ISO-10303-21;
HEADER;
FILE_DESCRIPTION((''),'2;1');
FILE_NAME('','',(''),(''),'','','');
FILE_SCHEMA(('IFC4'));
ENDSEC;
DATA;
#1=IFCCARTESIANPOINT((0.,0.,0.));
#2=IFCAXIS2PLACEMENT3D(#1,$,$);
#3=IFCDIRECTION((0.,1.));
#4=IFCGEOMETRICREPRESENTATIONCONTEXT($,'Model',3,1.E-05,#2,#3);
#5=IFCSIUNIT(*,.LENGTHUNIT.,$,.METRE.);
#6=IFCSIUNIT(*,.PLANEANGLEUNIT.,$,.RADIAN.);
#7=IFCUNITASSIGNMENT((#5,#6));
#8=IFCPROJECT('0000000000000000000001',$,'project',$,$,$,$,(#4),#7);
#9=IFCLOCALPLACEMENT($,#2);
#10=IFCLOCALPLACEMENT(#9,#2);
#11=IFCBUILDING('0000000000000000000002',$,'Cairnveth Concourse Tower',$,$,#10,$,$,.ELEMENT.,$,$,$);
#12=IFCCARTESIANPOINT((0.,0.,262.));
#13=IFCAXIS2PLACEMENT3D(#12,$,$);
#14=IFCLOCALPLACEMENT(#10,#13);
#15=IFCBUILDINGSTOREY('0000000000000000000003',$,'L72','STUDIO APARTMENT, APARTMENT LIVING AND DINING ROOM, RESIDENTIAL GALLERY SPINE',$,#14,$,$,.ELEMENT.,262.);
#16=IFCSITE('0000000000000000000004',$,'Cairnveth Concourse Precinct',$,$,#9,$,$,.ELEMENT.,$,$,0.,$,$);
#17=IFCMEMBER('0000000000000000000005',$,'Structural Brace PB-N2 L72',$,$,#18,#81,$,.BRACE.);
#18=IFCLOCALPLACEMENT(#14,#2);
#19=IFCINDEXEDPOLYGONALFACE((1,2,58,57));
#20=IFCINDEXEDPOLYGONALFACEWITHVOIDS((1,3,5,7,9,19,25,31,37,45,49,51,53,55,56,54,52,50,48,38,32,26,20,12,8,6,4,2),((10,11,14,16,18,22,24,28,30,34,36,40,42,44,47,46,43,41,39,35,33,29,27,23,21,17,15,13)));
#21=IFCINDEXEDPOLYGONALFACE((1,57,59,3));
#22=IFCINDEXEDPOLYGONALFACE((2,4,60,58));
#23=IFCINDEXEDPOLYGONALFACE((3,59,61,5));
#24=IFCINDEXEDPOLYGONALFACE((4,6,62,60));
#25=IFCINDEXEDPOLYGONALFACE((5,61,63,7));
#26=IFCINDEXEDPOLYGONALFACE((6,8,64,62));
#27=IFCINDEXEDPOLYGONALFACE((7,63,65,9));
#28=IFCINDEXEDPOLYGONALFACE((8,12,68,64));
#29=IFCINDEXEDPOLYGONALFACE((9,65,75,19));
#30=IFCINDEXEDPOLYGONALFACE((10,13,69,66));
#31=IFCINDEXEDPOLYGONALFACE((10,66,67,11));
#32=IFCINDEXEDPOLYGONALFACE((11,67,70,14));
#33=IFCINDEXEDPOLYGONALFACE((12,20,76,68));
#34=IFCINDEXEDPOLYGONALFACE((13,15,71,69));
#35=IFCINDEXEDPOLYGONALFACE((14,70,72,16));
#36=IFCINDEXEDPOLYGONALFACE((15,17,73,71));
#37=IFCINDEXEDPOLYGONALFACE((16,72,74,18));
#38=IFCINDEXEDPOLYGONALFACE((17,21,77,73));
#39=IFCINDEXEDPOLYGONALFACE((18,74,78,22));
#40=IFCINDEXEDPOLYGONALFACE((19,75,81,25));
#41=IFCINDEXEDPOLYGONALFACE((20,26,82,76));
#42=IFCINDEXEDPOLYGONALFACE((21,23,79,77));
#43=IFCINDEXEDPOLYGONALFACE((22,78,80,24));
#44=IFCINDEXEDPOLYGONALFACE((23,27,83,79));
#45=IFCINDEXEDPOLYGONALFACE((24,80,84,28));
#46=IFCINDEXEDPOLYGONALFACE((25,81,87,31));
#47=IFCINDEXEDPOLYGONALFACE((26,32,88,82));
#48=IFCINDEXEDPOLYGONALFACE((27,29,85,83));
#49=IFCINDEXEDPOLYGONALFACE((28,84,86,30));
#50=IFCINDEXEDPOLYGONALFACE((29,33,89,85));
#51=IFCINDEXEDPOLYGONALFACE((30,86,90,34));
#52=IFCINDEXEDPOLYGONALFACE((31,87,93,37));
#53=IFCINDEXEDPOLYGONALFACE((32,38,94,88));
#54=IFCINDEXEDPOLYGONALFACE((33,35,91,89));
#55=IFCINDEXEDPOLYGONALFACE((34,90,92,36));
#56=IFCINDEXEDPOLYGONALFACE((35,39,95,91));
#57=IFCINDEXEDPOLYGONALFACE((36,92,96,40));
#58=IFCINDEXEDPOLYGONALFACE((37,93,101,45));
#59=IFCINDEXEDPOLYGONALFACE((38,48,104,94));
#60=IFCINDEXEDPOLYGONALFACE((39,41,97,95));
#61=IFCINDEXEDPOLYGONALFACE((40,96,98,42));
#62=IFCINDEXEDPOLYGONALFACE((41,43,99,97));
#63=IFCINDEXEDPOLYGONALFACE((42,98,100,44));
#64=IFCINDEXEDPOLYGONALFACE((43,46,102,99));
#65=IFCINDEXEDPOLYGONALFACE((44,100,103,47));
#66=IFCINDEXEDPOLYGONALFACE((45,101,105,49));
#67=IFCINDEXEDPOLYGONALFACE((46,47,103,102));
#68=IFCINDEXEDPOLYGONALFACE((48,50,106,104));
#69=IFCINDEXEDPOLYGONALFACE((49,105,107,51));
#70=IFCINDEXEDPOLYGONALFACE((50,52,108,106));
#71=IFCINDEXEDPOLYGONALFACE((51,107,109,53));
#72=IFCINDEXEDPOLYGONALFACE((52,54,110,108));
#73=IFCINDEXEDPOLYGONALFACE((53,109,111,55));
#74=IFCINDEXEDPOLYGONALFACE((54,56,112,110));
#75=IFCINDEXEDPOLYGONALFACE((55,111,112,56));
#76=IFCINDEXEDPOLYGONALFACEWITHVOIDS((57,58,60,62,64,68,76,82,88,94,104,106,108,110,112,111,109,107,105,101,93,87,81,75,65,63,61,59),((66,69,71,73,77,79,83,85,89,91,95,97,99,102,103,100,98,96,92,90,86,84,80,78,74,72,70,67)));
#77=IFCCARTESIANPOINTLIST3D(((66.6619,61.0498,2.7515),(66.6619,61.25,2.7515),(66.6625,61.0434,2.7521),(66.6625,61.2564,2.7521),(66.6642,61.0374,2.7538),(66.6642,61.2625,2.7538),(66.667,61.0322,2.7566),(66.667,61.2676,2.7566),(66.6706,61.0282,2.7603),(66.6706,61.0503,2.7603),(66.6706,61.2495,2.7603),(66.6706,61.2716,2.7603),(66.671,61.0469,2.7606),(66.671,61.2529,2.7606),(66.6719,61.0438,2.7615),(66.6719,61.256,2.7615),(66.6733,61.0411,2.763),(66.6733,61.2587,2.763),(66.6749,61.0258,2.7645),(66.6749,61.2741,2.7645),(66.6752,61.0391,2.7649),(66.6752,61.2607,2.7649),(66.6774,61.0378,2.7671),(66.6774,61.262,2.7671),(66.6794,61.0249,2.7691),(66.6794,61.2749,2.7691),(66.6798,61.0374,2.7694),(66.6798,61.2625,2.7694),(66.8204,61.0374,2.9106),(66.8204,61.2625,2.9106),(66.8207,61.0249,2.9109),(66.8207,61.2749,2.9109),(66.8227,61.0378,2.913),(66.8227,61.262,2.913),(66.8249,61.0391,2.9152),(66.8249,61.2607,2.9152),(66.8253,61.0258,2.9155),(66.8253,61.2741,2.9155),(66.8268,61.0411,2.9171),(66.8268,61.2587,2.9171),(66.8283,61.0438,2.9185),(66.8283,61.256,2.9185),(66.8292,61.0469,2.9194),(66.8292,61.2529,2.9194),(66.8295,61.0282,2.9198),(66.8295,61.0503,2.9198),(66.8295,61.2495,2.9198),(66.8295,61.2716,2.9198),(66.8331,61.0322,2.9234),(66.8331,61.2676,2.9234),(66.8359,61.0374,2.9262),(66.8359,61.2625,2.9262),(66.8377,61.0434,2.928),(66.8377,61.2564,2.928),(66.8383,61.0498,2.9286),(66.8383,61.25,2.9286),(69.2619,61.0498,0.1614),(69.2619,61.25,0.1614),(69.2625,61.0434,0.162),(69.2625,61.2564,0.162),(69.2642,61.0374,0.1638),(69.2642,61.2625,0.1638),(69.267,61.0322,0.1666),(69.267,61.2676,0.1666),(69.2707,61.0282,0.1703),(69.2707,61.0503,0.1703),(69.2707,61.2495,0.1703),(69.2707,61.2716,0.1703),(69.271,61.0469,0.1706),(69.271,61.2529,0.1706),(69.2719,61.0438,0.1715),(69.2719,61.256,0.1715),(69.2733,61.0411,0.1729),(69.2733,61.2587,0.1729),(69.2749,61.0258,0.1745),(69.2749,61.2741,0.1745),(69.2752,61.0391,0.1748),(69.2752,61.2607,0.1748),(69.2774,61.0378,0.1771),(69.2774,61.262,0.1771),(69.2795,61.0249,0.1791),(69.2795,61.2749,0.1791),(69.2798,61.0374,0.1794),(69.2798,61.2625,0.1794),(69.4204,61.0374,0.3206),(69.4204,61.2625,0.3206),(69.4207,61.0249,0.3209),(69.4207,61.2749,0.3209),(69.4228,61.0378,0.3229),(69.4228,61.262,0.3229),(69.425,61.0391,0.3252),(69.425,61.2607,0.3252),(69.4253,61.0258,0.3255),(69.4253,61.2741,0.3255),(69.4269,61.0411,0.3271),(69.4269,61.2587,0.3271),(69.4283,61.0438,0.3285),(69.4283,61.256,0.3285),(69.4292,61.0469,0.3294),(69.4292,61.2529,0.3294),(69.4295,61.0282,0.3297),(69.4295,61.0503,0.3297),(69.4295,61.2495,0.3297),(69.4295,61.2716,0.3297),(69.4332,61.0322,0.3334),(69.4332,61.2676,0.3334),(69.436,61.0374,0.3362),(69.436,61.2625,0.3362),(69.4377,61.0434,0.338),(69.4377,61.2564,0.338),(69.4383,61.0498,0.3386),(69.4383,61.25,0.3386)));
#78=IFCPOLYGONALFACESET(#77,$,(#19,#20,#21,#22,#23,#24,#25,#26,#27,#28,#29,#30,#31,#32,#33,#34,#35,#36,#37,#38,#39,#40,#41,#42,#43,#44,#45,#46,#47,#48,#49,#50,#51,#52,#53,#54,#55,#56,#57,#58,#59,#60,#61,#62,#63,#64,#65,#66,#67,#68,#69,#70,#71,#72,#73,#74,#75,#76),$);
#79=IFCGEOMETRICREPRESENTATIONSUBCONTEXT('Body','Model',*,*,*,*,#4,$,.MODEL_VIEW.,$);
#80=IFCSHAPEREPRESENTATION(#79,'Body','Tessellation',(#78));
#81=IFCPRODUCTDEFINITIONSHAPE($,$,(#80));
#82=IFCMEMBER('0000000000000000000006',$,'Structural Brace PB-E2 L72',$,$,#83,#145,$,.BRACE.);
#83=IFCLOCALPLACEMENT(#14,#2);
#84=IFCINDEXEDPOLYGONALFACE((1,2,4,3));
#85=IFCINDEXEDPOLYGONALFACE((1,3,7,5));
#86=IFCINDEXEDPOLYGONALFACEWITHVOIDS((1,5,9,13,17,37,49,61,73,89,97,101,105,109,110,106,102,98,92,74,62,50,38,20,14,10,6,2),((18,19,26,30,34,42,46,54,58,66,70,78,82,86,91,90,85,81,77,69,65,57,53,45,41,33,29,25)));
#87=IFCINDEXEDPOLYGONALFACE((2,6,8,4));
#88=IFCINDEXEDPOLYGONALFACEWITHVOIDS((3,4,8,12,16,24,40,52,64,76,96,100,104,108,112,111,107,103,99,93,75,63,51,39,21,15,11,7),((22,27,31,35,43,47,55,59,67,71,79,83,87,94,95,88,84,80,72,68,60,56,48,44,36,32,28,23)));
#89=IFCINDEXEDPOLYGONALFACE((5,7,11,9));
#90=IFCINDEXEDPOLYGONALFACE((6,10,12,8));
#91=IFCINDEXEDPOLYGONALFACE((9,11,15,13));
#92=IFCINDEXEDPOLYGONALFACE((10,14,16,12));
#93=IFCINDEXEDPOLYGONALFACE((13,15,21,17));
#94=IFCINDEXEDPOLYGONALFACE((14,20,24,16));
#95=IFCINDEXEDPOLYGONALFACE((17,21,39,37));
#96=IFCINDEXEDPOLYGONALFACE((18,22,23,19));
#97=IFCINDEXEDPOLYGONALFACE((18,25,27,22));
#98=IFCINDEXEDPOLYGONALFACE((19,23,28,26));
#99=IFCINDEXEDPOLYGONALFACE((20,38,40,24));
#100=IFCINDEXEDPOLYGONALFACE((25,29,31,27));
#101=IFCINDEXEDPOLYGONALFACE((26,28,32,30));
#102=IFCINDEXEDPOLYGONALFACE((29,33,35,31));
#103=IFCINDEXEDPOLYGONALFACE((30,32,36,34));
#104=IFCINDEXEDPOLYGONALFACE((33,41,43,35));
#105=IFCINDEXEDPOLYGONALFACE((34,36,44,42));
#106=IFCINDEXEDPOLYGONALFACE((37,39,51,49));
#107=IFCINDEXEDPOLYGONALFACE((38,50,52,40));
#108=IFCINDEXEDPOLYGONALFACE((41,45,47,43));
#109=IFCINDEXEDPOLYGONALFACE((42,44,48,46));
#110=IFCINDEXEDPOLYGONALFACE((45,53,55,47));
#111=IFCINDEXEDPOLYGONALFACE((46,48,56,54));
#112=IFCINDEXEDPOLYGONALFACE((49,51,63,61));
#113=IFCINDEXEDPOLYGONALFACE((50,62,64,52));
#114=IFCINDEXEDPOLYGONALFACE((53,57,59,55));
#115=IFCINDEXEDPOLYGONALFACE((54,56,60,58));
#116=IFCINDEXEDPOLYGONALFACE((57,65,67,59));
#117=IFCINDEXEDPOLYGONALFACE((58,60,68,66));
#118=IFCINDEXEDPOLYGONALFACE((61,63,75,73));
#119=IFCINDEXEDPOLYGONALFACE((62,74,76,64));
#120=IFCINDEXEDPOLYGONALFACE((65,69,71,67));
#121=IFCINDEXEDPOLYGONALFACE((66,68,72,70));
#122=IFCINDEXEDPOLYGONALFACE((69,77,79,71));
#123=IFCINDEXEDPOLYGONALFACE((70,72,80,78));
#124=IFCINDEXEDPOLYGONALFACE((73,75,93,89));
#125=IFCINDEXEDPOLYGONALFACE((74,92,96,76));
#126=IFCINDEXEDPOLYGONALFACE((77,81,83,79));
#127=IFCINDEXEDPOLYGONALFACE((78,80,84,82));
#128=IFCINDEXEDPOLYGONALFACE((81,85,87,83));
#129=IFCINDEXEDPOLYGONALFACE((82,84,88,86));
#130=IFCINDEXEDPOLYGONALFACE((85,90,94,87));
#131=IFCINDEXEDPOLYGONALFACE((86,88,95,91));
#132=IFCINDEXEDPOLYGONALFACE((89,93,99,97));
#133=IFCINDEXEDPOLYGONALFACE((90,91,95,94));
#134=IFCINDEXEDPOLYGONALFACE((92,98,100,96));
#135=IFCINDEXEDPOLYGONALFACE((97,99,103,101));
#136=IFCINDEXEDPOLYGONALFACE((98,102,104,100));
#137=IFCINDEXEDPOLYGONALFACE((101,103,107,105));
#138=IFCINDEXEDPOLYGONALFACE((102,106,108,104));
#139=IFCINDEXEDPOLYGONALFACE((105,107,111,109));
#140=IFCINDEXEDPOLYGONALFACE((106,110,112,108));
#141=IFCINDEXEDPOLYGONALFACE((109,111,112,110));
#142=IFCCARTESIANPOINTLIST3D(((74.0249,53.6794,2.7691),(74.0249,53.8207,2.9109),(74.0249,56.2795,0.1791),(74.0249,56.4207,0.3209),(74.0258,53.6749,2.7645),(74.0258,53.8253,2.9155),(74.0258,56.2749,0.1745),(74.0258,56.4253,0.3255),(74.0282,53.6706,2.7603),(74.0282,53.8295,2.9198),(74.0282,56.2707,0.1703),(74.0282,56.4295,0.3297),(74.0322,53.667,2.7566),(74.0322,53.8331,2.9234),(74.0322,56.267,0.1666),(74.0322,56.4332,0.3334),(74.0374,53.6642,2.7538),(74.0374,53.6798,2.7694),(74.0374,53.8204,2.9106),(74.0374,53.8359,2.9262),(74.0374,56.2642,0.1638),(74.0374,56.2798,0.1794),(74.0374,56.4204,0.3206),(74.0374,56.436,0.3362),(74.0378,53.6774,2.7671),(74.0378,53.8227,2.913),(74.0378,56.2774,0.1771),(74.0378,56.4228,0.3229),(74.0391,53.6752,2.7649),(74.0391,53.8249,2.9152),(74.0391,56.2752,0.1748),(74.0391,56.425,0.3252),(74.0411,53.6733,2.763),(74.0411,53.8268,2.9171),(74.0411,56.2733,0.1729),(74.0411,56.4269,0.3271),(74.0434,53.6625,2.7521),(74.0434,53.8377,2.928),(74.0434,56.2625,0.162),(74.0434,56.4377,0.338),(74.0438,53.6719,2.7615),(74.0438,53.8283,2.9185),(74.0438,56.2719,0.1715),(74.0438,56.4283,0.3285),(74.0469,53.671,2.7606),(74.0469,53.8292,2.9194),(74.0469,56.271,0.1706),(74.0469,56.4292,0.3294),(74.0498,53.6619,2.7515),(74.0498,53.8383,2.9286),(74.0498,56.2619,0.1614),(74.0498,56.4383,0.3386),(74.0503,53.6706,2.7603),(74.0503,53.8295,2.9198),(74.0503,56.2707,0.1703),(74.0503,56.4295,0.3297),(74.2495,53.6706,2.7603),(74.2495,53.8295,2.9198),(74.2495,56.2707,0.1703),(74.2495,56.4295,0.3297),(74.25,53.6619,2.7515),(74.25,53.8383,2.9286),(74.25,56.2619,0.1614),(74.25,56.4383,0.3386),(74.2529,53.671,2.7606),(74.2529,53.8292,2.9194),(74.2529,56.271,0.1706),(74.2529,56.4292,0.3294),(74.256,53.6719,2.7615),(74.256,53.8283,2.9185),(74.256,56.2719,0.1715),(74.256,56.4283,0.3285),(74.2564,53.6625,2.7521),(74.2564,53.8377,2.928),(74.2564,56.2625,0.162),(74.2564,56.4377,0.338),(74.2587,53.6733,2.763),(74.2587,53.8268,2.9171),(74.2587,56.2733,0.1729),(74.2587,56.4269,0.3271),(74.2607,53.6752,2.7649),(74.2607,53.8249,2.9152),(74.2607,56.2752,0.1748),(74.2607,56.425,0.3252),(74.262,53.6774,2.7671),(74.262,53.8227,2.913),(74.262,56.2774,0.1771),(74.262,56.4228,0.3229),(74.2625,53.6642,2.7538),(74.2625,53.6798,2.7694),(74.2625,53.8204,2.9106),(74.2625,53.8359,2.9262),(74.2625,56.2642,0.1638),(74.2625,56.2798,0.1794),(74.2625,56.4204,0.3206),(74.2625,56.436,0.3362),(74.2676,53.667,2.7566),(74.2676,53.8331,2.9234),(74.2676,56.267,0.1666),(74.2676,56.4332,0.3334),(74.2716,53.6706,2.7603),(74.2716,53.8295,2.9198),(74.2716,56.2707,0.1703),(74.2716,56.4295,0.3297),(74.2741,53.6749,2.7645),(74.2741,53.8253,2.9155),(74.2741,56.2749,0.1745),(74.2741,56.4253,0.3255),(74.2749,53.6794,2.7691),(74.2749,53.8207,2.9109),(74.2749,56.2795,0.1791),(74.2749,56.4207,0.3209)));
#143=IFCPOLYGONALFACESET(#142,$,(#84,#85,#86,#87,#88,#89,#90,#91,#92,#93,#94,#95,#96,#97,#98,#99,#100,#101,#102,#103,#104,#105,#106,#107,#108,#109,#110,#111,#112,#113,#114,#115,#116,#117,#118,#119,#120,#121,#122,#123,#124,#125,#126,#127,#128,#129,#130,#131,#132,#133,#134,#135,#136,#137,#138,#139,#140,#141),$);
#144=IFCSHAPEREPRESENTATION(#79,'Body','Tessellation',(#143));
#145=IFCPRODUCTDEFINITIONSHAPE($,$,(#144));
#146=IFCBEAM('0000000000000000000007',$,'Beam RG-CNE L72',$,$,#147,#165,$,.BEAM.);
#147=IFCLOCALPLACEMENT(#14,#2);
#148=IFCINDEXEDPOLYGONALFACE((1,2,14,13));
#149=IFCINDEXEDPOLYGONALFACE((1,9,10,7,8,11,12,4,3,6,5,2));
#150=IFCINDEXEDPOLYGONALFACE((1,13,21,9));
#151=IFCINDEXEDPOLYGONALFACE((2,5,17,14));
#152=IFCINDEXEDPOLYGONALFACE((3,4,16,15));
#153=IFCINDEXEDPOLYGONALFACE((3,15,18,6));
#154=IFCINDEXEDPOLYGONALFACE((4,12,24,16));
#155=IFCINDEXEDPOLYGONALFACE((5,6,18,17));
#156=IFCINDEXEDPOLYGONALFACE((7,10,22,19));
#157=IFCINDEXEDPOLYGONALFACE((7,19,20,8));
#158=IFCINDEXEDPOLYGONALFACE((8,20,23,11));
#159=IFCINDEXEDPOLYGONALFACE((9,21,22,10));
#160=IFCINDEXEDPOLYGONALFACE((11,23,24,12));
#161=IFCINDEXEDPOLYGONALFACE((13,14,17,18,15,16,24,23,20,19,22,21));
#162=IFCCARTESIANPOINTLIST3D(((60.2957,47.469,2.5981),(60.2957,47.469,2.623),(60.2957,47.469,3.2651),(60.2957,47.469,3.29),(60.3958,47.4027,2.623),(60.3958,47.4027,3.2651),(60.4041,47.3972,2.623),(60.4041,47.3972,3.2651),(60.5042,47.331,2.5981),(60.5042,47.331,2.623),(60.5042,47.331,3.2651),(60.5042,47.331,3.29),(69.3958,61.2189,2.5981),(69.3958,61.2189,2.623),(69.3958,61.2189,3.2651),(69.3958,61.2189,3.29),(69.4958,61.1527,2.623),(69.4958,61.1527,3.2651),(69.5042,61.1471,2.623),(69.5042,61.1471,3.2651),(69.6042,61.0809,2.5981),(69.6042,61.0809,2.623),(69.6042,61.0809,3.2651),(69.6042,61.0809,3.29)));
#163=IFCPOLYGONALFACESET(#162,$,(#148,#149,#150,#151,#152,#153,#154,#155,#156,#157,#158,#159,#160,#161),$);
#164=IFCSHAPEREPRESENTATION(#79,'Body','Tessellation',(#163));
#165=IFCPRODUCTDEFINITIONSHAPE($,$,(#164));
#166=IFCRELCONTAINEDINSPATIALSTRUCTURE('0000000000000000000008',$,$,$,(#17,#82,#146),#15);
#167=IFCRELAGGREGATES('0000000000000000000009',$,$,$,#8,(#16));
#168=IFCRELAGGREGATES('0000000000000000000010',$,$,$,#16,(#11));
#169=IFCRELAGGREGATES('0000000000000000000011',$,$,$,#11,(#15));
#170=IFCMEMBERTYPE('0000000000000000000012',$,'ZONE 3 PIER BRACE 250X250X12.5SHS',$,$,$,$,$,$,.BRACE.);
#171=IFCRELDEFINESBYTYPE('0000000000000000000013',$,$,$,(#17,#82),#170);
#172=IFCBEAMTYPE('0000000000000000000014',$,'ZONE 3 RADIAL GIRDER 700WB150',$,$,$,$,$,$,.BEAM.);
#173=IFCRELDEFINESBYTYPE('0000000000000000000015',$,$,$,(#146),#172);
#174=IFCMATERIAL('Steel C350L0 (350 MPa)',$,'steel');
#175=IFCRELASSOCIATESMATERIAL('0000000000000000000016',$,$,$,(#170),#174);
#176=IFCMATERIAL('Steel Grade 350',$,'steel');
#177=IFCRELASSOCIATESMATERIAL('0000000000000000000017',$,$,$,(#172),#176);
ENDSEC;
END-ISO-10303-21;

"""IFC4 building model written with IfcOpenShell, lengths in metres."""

from ifc_helpers import new_model, si_unit, direction, frame, origin, origin_2d, place, context, subcontext, project, spatial, hollow_rectangle, i_section, extrude, material, material_profile, profile_set, type_object, element, save


model = new_model("IFC4")

# Units and contexts
model_context = context("Model", 3, precision=1e-05, world=origin(), true_north=direction((0.0, 1.0)))
body_context = subcontext(model_context, "Body", "Model", "MODEL_VIEW")
ifc_project = project(units=[si_unit("LENGTHUNIT", "METRE"), si_unit("PLANEANGLEUNIT", "RADIAN")], contexts=[model_context])

# Site, building, storey
site_placement = place(None, origin())
site = spatial("IfcSite", under=ifc_project, at=site_placement, Name="Cairnveth Concourse Precinct", CompositionType="ELEMENT", RefElevation=0.0)
building_placement = place(site_placement, origin())
building = spatial("IfcBuilding", under=site, at=building_placement, Name="Cairnveth Concourse Tower", CompositionType="ELEMENT")
storey_placement = place(building_placement, frame((0.0, 0.0, 262.0)))
storey = spatial("IfcBuildingStorey", under=building, at=storey_placement, Name="L72", Description="STUDIO APARTMENT, APARTMENT LIVING AND DINING ROOM, RESIDENTIAL GALLERY SPINE", CompositionType="ELEMENT", Elevation=262.0)

# Shared definitions
ifc_material_1 = material(Name="Steel Grade 350", Category="steel")

# Members
ifc_material_2 = material(Name="Steel C350L0 (350 MPa)", Category="steel")
ifc_material_profile_1 = material_profile(ifc_material_2, hollow_rectangle(XDim=0.25, YDim=0.25, WallThickness=0.0125, InnerFilletRadius=0.0129, OuterFilletRadius=0.0249, at=origin_2d()), Name="250x250x12.5SHS")
ifc_profile_set_1 = profile_set([ifc_material_profile_1], Name="Steel C350L0 (350 MPa)")
member_type = type_object("IfcMemberType", Name="ZONE 3 PIER BRACE 250X250X12.5SHS", PredefinedType="BRACE", material=ifc_profile_set_1)
for number, where, z_axis, x_axis, name in (
    (1, (69.3501, 61.1499, 0.25), (-0.708469, 0.0, 0.705742), (0.0, -1.0, 0.0), "Structural Brace PB-N2 L72"),
    (2, (74.1499, 56.3501, 0.25), (0.0, -0.708469, 0.705742), (1.0, 0.0, 0.0), "Structural Brace PB-E2 L72"),
):
    element("IfcMember", number, at=place(storey_placement, frame(where, z_axis=z_axis, x_axis=x_axis)), inside=storey, type_object=member_type, Name=name, PredefinedType="BRACE", context=body_context, shape_type="SweptSolid", body=[
        extrude(hollow_rectangle(XDim=0.25, YDim=0.25, WallThickness=0.0125, InnerFilletRadius=0.0129, OuterFilletRadius=0.0249, at=origin_2d()), origin(), (0.0, 0.0, 1.0), 3.6699),
    ])

# Beam
ifc_material_profile_2 = material_profile(ifc_material_1, i_section(OverallWidth=0.25, OverallDepth=0.6919, WebThickness=0.01, FlangeThickness=0.0249, at=origin_2d()), Name="700WB150")
ifc_profile_set_2 = profile_set([ifc_material_profile_2], Name="Steel Grade 350")
beam_type_1 = type_object("IfcBeamType", Name="ZONE 3 RADIAL GIRDER 700WB150", PredefinedType="BEAM", material=ifc_profile_set_2)
beam_1_placement = place(storey_placement, frame((69.5, 61.1499, 2.9441), z_axis=(-0.551902, -0.833909, 0.0), x_axis=(0.833909, -0.551902, 0.0)))
element("IfcBeam", 3, at=beam_1_placement, inside=storey, type_object=beam_type_1, Name="Beam RG-CNE L72", PredefinedType="BEAM", context=body_context, shape_type="SweptSolid", body=[
    extrude(i_section(OverallWidth=0.25, OverallDepth=0.6919, WebThickness=0.01, FlangeThickness=0.0249, at=origin_2d()), origin(), (0.0, 0.0, 1.0), 16.4885),
])

save(model, "model.ifc")
